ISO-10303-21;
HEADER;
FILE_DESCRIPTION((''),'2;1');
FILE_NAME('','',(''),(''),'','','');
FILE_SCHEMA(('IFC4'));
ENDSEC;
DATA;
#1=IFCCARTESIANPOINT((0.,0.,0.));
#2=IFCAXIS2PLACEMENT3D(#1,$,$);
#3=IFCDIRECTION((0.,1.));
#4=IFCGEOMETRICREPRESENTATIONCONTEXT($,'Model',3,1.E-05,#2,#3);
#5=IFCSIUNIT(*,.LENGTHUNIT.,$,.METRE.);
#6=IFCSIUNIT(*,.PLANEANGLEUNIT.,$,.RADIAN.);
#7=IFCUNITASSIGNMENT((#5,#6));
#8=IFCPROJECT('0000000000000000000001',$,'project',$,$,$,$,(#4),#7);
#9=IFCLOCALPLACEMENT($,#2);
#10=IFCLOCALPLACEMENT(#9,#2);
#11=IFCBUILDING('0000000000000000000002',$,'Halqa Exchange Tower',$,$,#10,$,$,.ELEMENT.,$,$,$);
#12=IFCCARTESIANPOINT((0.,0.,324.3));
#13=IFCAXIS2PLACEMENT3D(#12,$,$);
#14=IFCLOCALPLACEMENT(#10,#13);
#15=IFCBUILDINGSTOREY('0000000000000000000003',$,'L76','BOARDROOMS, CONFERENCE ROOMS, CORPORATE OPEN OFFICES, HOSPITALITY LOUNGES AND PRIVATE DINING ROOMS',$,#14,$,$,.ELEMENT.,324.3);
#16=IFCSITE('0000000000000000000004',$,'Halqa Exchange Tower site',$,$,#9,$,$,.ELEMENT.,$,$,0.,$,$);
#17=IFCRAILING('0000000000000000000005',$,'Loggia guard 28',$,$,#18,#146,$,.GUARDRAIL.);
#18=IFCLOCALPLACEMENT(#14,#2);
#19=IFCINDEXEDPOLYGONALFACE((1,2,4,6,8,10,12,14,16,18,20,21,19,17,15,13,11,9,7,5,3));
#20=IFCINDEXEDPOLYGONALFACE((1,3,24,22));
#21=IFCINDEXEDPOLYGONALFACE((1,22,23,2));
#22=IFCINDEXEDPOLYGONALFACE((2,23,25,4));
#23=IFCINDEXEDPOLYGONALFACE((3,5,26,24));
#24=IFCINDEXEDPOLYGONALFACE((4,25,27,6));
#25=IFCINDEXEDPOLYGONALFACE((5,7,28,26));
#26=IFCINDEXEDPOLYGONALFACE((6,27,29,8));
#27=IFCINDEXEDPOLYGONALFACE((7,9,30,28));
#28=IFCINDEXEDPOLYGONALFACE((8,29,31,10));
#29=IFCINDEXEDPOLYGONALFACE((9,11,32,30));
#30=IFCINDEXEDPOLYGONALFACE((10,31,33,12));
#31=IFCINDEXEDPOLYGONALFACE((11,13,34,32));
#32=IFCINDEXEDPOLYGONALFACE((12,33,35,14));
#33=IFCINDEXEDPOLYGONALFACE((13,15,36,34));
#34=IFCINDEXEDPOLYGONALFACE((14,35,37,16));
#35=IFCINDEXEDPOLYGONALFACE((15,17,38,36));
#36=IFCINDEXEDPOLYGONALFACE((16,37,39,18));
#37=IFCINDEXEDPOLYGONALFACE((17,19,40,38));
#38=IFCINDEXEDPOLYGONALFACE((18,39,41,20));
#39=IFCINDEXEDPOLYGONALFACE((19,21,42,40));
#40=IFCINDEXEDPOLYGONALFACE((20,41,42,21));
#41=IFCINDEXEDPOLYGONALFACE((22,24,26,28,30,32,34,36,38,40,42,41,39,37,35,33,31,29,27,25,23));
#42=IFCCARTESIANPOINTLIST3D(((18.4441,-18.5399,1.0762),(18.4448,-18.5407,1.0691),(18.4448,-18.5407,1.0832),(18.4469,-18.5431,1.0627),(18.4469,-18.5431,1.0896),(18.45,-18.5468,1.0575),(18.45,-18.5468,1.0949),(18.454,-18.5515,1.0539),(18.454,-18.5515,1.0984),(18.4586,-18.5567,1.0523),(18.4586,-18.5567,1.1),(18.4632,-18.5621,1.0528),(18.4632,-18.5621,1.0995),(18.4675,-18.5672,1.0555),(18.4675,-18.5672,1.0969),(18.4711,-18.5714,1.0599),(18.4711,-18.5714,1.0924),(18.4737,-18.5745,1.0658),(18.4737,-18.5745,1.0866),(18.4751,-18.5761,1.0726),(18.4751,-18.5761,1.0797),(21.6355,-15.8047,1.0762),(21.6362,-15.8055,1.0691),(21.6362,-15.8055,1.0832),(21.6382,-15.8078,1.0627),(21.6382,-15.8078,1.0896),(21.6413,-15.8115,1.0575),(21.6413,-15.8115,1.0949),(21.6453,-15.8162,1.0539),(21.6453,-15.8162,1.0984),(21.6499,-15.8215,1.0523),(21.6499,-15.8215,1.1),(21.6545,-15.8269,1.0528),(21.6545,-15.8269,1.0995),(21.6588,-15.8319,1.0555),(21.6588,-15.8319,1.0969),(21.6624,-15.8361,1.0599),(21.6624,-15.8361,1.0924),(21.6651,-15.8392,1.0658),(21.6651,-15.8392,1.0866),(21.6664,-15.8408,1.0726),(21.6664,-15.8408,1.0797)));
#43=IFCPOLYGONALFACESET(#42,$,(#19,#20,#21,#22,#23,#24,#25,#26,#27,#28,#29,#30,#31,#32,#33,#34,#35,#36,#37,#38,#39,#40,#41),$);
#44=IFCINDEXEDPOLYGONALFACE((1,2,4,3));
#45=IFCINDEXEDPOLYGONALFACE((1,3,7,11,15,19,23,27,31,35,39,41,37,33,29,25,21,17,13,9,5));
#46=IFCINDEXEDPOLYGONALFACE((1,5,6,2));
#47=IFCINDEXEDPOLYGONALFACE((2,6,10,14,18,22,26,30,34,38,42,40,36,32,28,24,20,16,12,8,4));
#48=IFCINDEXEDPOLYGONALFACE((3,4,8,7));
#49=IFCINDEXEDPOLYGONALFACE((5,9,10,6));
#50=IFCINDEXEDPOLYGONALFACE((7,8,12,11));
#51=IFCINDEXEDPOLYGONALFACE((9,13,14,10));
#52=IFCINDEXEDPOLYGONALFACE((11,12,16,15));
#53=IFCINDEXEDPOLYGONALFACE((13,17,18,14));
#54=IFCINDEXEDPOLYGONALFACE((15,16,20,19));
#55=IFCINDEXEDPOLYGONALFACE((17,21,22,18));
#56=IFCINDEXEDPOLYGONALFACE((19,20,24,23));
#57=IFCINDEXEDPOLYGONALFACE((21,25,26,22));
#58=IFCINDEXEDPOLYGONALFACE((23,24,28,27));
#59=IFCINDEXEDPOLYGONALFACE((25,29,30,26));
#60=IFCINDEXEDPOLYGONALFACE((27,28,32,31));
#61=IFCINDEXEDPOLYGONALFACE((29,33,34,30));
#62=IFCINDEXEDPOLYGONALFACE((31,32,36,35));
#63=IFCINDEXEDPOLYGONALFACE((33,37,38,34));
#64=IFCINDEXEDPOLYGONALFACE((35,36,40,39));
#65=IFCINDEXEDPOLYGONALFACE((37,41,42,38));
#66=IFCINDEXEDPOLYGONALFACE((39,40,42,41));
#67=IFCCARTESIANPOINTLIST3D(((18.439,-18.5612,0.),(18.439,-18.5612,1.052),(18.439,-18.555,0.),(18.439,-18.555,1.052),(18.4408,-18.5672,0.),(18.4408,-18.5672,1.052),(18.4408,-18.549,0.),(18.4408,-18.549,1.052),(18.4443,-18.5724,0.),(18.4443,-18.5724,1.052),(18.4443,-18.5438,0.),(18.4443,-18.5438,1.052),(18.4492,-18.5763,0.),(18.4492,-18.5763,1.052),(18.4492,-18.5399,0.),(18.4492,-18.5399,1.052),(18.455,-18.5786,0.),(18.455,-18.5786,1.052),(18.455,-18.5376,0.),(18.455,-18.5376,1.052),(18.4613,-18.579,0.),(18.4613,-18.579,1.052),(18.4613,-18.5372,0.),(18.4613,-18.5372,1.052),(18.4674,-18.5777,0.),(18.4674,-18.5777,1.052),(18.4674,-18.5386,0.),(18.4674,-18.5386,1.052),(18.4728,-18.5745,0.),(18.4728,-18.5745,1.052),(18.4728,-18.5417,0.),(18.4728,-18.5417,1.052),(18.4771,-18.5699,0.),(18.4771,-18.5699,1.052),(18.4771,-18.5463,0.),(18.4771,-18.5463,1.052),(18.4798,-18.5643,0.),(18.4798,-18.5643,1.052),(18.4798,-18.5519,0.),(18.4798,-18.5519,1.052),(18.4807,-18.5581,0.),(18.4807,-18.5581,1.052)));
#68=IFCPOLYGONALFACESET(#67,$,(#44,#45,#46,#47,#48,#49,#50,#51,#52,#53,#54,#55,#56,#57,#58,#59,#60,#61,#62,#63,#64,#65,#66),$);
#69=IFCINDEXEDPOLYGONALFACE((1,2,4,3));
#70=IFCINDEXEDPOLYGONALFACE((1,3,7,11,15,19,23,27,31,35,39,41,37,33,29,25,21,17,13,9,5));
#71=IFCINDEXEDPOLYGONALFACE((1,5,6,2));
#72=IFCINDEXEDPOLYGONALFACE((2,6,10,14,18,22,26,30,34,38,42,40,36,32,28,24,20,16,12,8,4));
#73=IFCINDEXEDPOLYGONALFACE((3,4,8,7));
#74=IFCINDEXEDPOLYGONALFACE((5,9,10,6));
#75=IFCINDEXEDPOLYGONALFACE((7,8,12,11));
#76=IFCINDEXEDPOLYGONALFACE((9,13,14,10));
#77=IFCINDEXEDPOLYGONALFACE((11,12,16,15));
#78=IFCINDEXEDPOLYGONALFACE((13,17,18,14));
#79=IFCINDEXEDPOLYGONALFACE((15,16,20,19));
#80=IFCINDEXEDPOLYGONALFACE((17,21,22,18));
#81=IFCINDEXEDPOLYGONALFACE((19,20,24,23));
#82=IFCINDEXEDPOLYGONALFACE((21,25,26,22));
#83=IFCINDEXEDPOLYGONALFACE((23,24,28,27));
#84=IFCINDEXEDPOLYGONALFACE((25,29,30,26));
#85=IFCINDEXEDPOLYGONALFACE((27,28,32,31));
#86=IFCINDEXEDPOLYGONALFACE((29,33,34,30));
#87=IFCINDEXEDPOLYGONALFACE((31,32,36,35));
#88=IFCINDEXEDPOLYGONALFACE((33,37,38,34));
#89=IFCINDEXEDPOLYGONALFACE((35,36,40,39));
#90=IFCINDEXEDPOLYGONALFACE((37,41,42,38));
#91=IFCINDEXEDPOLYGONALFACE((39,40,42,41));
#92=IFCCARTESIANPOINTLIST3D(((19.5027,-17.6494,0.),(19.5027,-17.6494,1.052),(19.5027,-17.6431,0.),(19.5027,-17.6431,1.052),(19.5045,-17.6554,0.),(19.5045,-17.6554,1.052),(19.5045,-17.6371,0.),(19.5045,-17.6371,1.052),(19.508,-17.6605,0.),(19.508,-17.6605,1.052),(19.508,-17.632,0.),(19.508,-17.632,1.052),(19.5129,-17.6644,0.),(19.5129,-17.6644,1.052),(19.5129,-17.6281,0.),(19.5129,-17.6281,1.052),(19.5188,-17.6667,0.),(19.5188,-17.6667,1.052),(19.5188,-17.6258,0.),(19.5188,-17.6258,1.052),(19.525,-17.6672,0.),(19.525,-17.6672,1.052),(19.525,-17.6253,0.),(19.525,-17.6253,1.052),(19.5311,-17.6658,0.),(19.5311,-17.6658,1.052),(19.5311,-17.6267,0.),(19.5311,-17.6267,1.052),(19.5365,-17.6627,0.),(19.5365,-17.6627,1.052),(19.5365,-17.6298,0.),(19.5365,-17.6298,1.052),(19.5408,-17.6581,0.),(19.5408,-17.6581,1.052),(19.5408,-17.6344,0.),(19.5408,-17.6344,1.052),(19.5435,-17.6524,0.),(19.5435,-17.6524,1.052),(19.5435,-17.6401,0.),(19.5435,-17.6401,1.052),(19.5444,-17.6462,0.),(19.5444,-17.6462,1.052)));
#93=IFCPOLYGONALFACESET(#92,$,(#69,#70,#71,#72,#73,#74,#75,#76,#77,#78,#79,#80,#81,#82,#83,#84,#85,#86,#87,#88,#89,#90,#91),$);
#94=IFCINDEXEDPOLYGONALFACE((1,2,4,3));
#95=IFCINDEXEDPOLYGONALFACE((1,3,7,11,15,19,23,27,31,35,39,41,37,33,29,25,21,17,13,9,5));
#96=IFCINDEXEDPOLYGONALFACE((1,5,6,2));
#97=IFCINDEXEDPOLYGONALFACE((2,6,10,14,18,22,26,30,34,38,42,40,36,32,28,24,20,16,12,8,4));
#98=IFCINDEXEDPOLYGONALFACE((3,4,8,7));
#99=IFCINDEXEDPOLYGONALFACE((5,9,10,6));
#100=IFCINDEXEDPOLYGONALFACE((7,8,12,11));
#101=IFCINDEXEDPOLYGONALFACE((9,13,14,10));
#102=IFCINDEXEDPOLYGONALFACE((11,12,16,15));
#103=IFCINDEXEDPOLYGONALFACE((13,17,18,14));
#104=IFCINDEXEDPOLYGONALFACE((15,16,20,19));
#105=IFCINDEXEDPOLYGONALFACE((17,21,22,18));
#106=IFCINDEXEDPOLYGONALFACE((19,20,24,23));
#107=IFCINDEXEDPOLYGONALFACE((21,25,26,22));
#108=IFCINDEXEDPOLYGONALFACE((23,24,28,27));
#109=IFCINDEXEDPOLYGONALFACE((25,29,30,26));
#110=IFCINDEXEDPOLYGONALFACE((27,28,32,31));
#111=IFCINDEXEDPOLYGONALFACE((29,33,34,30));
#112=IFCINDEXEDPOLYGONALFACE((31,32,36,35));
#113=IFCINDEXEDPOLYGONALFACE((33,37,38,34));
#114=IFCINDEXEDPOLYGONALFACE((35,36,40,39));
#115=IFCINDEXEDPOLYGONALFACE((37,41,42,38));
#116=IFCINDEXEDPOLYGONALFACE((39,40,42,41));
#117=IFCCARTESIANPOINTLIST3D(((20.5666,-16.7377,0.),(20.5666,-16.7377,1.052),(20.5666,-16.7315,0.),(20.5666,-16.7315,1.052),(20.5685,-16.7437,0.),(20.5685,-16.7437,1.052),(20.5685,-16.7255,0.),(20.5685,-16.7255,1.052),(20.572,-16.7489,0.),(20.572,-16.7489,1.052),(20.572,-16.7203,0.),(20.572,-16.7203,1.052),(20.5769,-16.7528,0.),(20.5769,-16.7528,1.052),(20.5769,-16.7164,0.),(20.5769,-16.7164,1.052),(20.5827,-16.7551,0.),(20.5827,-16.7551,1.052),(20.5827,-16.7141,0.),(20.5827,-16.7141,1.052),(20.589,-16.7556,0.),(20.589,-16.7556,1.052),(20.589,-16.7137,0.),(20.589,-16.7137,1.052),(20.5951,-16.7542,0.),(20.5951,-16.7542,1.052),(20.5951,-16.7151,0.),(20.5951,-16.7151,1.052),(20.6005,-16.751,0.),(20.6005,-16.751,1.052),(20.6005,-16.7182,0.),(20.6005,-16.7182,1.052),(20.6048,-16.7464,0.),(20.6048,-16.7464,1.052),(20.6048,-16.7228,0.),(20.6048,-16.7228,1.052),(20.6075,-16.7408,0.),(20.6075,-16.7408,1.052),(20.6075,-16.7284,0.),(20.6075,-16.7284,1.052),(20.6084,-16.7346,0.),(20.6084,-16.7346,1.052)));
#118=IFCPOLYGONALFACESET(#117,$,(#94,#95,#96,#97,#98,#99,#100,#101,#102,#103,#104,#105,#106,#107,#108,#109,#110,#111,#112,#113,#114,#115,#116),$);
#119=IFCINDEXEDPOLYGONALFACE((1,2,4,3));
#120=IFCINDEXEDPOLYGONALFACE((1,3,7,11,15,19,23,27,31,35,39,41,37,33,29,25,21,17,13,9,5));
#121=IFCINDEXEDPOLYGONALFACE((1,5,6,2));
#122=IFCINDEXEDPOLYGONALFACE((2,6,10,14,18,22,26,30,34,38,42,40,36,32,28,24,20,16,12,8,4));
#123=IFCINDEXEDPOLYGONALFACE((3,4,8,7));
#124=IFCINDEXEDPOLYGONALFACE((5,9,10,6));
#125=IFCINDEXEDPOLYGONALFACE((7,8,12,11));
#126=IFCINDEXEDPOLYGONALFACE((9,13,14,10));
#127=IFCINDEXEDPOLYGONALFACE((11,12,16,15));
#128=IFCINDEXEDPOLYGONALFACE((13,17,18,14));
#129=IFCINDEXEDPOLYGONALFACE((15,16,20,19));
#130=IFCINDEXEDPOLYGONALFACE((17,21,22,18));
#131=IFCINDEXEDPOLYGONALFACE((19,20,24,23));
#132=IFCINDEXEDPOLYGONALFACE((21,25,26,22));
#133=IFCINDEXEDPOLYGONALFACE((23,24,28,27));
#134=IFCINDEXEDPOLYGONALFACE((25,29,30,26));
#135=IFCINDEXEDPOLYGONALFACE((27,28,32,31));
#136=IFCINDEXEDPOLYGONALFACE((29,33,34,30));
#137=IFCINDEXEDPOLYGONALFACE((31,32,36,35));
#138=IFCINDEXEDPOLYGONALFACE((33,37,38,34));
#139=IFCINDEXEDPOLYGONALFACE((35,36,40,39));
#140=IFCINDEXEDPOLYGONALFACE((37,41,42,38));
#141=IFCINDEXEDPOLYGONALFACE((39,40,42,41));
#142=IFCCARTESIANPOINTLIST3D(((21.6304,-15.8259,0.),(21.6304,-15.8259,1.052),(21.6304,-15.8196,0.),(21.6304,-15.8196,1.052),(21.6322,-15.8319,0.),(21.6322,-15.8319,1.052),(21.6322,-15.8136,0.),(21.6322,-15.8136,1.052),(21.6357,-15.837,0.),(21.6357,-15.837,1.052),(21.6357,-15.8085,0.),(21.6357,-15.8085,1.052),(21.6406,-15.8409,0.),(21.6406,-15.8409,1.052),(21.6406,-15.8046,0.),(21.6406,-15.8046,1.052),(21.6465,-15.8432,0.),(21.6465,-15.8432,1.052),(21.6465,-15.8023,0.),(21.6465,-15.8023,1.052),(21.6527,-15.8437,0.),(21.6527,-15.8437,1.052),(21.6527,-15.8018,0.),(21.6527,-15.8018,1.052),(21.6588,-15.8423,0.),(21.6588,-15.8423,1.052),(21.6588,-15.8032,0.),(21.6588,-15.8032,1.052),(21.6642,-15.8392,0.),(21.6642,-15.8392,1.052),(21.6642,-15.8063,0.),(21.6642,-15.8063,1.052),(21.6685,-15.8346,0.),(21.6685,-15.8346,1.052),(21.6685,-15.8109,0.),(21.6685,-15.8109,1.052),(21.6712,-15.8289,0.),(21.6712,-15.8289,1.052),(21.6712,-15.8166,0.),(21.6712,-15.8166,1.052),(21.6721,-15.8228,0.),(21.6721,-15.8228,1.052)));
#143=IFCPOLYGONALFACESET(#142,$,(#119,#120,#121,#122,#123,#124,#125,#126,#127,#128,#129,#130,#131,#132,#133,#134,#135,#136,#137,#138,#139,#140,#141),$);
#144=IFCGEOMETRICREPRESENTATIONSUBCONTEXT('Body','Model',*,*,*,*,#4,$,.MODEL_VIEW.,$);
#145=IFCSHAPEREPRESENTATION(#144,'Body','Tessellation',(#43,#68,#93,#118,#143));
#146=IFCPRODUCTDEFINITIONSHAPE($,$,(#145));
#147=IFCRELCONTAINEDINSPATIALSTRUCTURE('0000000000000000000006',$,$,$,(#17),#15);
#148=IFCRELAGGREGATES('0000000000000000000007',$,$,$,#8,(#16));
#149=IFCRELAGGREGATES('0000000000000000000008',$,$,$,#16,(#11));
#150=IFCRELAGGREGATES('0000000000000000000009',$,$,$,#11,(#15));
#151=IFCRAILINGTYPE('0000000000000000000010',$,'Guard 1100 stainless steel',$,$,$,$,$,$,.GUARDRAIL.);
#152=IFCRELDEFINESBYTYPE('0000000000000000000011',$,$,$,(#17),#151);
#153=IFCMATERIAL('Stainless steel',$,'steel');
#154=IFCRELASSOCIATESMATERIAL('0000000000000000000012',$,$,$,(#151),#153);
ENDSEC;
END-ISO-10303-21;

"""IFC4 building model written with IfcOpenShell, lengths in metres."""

from ifc_helpers import new_model, si_unit, direction, frame, origin, origin_2d, place, context, subcontext, project, spatial, circle, extrude, material, type_object, element, save


model = new_model("IFC4")

# Units and contexts
model_context = context("Model", 3, precision=1e-05, world=origin(), true_north=direction((0.0, 1.0)))
body_context = subcontext(model_context, "Body", "Model", "MODEL_VIEW")
ifc_project = project(units=[si_unit("LENGTHUNIT", "METRE"), si_unit("PLANEANGLEUNIT", "RADIAN")], contexts=[model_context])

# Site, building, storey
site_placement = place(None, origin())
site = spatial("IfcSite", under=ifc_project, at=site_placement, Name="Halqa Exchange Tower site", CompositionType="ELEMENT", RefElevation=0.0)
building_placement = place(site_placement, origin())
building = spatial("IfcBuilding", under=site, at=building_placement, Name="Halqa Exchange Tower", CompositionType="ELEMENT")
storey_placement = place(building_placement, frame((0.0, 0.0, 324.3)))
storey = spatial("IfcBuildingStorey", under=building, at=storey_placement, Name="L76", Description="BOARDROOMS, CONFERENCE ROOMS, CORPORATE OPEN OFFICES, HOSPITALITY LOUNGES AND PRIVATE DINING ROOMS", CompositionType="ELEMENT", Elevation=324.3)

# Railing
ifc_material_1 = material(Name="Stainless steel", Category="steel")
railing_type = type_object("IfcRailingType", Name="Guard 1100 stainless steel", PredefinedType="GUARDRAIL", material=ifc_material_1)
railing_1_placement = place(storey_placement, frame((18.4597, -18.5581, 0.0)))
element("IfcRailing", 1, at=railing_1_placement, inside=storey, type_object=railing_type, Name="Loggia guard 28", PredefinedType="GUARDRAIL", context=body_context, shape_type="SweptSolid", body=[
    extrude(circle(Radius=0.0239, at=origin_2d()), frame((0.0, 0.0, 1.0762), z_axis=(0.759273, 0.650772, 0.0), x_axis=(-0.650772, 0.759273, 0.0)), (0.0, 0.0, 1.0), 4.2031),
    extrude(circle(Radius=0.021, at=origin_2d()), origin(), (0.0, 0.0, 1.0), 1.052),
    extrude(circle(Radius=0.021, at=origin_2d()), frame((1.0637, 0.9119, 0.0)), (0.0, 0.0, 1.0), 1.052),
    extrude(circle(Radius=0.021, at=origin_2d()), frame((2.1277, 1.8235, 0.0)), (0.0, 0.0, 1.0), 1.052),
    extrude(circle(Radius=0.021, at=origin_2d()), frame((3.1914, 2.7354, 0.0)), (0.0, 0.0, 1.0), 1.052),
])

save(model, "model.ifc")
